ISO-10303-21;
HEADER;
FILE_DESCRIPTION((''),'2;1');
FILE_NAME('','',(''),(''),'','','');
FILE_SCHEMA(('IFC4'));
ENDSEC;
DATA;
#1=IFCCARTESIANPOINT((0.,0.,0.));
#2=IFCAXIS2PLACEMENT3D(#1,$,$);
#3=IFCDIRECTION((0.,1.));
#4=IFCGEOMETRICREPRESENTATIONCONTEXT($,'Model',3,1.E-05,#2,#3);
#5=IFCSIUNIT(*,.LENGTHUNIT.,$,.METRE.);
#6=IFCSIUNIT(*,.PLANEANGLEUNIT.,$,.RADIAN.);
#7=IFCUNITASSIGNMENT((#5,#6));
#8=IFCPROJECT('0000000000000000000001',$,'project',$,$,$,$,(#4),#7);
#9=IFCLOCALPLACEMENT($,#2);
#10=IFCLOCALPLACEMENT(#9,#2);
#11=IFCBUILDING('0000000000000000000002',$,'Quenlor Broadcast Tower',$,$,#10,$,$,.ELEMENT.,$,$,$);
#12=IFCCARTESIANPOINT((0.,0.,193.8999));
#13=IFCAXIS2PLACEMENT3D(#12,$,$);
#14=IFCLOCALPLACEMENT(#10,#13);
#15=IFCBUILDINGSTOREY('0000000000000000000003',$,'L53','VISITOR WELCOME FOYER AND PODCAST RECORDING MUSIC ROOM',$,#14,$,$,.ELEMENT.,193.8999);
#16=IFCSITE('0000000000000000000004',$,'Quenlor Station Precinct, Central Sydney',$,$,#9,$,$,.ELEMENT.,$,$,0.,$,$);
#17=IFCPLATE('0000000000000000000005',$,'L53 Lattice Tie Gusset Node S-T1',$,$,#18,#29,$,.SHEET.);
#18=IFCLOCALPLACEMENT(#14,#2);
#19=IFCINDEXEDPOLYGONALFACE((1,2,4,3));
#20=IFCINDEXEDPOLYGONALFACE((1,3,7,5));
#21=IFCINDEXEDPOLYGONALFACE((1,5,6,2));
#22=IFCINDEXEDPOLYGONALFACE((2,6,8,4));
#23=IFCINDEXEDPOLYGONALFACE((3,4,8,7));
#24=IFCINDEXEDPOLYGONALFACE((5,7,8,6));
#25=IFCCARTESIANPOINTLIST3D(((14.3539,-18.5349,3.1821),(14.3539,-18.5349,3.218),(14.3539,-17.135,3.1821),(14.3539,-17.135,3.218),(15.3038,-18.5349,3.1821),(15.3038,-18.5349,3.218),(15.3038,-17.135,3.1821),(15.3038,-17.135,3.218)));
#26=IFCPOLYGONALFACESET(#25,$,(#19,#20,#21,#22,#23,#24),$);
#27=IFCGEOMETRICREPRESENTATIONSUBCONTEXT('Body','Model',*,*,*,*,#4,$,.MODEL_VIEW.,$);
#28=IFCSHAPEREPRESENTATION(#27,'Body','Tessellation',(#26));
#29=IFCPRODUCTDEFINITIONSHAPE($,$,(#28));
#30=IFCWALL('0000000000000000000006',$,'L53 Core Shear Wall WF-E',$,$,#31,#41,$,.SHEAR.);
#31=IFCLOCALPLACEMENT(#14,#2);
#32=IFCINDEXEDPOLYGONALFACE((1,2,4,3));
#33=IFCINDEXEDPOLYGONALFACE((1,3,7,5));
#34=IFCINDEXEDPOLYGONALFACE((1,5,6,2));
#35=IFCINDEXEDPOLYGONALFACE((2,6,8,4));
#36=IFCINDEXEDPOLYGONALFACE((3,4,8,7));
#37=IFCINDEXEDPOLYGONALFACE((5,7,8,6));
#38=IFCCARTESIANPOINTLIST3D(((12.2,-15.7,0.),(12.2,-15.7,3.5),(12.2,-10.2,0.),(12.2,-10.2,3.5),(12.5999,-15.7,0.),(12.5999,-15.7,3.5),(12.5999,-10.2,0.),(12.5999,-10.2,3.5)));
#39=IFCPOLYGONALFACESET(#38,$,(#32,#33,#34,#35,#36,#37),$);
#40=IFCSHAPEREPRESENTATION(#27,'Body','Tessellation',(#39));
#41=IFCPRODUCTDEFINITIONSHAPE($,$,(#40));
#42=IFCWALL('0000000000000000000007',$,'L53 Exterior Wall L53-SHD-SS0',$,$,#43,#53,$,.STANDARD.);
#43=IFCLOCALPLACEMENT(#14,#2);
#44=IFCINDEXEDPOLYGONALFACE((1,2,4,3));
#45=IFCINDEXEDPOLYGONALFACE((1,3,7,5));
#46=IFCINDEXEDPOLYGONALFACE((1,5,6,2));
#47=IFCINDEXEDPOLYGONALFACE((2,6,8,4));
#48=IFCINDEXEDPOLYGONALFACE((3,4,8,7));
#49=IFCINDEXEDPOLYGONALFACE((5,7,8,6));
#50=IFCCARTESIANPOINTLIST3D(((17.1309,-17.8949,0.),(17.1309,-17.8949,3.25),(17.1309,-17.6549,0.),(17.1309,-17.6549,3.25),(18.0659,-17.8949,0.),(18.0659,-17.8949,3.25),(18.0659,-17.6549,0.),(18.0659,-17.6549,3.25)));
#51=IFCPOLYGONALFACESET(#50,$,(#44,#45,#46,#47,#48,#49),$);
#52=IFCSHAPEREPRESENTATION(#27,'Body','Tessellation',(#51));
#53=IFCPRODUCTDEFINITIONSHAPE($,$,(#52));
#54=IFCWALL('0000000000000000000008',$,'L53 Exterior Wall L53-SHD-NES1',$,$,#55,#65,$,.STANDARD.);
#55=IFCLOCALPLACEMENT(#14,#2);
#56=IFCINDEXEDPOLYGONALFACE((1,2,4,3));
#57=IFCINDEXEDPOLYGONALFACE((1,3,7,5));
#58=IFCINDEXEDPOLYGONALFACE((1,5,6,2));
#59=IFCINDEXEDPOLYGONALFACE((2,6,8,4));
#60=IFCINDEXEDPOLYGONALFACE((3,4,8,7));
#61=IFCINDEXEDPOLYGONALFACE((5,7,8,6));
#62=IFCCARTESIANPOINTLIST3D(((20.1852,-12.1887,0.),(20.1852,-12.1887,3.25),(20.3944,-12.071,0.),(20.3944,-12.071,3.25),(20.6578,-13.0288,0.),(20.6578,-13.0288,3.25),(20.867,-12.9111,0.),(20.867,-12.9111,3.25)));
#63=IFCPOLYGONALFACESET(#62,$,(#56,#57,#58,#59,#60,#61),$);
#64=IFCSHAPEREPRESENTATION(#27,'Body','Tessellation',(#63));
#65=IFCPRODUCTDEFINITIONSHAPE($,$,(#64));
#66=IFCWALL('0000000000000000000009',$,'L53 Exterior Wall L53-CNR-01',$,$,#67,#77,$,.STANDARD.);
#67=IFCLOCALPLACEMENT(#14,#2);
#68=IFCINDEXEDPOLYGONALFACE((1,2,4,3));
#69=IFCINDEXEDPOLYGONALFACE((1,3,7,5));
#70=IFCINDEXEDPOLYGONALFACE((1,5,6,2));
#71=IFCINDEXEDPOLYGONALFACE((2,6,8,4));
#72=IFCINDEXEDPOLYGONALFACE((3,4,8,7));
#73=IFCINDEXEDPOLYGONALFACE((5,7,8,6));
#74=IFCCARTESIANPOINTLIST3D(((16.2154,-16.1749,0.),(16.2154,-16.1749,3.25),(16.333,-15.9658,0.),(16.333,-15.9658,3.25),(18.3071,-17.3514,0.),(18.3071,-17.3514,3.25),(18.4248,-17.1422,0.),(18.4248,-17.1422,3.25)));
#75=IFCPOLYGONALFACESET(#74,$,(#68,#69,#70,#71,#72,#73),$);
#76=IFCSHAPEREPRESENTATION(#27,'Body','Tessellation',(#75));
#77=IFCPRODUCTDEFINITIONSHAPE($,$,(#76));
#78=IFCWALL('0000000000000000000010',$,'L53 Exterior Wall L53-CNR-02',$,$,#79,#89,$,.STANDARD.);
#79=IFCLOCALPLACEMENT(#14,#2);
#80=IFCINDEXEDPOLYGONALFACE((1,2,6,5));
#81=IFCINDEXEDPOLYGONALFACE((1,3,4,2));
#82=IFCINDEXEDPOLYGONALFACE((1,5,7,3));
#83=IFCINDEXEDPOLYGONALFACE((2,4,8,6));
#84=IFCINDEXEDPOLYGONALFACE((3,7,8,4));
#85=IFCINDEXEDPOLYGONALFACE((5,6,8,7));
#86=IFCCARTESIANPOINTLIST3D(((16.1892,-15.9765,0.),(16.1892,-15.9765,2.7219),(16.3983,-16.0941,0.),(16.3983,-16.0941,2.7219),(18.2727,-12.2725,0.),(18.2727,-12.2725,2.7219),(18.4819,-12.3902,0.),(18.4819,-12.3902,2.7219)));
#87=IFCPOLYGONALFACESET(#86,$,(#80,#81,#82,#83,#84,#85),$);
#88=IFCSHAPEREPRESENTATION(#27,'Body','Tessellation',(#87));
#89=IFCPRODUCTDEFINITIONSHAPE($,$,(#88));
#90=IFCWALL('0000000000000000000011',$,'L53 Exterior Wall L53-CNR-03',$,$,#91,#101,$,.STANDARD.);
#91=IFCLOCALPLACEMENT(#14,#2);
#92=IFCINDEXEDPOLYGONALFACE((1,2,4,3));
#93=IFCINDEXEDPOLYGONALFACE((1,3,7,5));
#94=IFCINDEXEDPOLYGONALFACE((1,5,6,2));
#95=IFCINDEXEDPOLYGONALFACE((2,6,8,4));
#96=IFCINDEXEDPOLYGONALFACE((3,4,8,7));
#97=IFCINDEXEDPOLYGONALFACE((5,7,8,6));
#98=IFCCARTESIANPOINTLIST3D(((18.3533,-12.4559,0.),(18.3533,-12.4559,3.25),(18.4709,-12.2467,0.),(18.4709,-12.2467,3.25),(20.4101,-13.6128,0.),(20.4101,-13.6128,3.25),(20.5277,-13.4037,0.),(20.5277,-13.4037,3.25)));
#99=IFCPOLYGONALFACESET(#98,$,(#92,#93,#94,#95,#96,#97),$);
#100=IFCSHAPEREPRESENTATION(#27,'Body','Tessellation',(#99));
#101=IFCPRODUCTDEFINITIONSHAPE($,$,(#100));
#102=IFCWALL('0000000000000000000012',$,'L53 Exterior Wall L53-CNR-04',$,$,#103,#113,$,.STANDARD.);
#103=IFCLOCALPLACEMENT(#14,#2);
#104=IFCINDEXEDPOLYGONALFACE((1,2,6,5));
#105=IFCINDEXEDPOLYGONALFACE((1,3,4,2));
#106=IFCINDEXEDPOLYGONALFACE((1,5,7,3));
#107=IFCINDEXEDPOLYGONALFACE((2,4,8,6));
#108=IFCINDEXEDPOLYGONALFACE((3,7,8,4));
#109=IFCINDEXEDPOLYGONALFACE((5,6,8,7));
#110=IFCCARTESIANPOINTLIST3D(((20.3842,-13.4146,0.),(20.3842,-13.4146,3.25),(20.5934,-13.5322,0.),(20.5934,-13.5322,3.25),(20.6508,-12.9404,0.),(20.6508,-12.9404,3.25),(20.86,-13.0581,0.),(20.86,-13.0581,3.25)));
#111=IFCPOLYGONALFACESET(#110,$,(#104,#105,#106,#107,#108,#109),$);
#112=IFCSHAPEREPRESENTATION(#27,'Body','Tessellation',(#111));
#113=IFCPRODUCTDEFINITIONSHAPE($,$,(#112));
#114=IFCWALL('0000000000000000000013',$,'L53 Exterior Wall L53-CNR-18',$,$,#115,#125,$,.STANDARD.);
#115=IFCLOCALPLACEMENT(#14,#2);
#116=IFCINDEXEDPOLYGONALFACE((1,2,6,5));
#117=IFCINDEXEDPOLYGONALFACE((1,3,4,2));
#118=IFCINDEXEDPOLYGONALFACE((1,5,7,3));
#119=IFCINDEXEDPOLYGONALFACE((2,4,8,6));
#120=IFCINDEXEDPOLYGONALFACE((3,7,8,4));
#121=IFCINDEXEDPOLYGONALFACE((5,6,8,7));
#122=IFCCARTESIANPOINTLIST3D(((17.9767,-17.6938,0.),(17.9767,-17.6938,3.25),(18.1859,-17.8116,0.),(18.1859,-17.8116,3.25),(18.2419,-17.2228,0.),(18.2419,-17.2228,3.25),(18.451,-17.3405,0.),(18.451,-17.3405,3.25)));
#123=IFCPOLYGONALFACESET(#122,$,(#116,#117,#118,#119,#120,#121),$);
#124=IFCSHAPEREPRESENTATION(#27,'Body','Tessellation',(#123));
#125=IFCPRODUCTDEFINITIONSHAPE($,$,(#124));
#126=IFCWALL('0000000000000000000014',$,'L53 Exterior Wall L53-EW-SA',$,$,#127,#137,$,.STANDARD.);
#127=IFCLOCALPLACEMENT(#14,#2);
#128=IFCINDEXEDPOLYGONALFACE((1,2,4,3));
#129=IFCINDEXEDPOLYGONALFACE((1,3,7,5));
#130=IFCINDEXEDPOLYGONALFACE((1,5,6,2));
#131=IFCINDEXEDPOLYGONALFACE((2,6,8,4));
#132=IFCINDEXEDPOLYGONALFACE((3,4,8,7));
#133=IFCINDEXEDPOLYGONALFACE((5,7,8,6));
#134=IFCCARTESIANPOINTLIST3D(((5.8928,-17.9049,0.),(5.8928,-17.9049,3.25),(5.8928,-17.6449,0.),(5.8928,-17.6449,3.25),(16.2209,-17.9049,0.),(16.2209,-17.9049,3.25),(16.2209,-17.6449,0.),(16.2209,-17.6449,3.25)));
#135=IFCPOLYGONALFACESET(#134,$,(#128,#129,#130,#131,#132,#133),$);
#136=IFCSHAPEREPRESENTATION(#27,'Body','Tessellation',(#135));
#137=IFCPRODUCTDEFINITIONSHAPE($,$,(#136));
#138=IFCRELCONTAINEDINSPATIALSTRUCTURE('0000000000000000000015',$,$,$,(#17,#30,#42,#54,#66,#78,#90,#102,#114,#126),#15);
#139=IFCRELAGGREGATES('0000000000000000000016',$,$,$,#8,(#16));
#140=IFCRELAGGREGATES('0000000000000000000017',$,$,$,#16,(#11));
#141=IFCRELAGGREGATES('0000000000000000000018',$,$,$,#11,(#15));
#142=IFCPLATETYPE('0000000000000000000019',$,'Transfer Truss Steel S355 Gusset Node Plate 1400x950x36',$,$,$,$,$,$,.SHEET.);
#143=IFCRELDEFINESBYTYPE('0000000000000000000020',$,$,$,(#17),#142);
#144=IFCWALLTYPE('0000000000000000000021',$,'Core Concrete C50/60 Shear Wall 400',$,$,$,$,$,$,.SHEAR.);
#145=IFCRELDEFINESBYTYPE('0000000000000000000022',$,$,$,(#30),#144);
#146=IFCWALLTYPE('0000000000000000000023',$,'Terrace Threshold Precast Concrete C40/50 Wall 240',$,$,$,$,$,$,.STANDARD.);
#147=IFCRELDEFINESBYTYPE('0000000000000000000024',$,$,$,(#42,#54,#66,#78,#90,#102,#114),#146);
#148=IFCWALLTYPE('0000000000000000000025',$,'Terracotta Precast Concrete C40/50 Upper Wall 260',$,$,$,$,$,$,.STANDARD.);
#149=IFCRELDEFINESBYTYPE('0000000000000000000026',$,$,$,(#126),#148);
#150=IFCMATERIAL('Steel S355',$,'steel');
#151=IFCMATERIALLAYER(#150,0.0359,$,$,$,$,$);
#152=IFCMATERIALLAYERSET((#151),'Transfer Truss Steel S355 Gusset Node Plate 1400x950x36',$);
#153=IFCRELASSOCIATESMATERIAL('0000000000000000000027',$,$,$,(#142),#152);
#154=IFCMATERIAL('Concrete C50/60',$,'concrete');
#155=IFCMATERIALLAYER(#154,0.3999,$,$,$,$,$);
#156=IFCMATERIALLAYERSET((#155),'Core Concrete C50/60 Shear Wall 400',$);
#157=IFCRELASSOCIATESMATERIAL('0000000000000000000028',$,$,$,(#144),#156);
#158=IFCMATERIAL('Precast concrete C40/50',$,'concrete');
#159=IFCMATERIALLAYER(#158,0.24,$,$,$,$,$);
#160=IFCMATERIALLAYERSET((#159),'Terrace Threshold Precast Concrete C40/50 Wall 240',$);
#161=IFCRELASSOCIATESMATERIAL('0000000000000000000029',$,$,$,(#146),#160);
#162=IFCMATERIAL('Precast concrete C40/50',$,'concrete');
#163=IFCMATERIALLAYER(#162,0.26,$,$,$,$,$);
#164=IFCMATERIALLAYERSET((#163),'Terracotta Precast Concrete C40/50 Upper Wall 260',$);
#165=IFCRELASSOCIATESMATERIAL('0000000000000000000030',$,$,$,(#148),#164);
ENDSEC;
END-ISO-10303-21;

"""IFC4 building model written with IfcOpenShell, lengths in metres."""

from ifc_helpers import new_model, si_unit, direction, frame, frame_2d, origin, origin_2d, place, context, subcontext, project, spatial, rectangle, extrude, material, layer, layer_set, type_object, element, save


model = new_model("IFC4")

# Units and contexts
model_context = context("Model", 3, precision=1e-05, world=origin(), true_north=direction((0.0, 1.0)))
body_context = subcontext(model_context, "Body", "Model", "MODEL_VIEW")
ifc_project = project(units=[si_unit("LENGTHUNIT", "METRE"), si_unit("PLANEANGLEUNIT", "RADIAN")], contexts=[model_context])

# Site, building, storey
site_placement = place(None, origin())
site = spatial("IfcSite", under=ifc_project, at=site_placement, Name="Quenlor Station Precinct, Central Sydney", CompositionType="ELEMENT", RefElevation=0.0)
building_placement = place(site_placement, origin())
building = spatial("IfcBuilding", under=site, at=building_placement, Name="Quenlor Broadcast Tower", CompositionType="ELEMENT")
storey_placement = place(building_placement, frame((0.0, 0.0, 193.8999)))
storey = spatial("IfcBuildingStorey", under=building, at=storey_placement, Name="L53", Description="VISITOR WELCOME FOYER AND PODCAST RECORDING MUSIC ROOM", CompositionType="ELEMENT", Elevation=193.8999)

# Plate
ifc_material_1 = material(Name="Steel S355", Category="steel")
ifc_layer_1 = layer(ifc_material_1, 0.0359)
ifc_layer_set_1 = layer_set([ifc_layer_1], Name="Transfer Truss Steel S355 Gusset Node Plate 1400x950x36")
plate_type_1 = type_object("IfcPlateType", Name="Transfer Truss Steel S355 Gusset Node Plate 1400x950x36", PredefinedType="SHEET", material=ifc_layer_set_1)
for number, where, z_axis, x_axis, name in (
    (1, (14.8289, -17.835, 3.1821), (0.0, 0.0, 1.0), (0.0, -1.0, 0.0), "L53 Lattice Tie Gusset Node S-T1"),
):
    element("IfcPlate", number, at=place(storey_placement, frame(where, z_axis=z_axis, x_axis=x_axis)), inside=storey, type_object=plate_type_1, Name=name, PredefinedType="SHEET", context=body_context, shape_type="SweptSolid", body=[
        extrude(rectangle(XDim=1.3999, YDim=0.95, at=origin_2d()), origin(), (0.0, 0.0, 1.0), 0.0359),
    ])

# Walls
ifc_material_2 = material(Name="Concrete C50/60", Category="concrete")
ifc_layer_2 = layer(ifc_material_2, 0.3999)
ifc_layer_set_2 = layer_set([ifc_layer_2], Name="Core Concrete C50/60 Shear Wall 400")
wall_type_1 = type_object("IfcWallType", Name="Core Concrete C50/60 Shear Wall 400", PredefinedType="SHEAR", material=ifc_layer_set_2)
wall_1_placement = place(storey_placement, frame((12.3999, -15.7, 0.0), z_axis=(0.0, 0.0, 1.0), x_axis=(0.0, 1.0, 0.0)))
element("IfcWall", 2, at=wall_1_placement, inside=storey, type_object=wall_type_1, Name="L53 Core Shear Wall WF-E", PredefinedType="SHEAR", context=body_context, shape_type="SweptSolid", body=[
    extrude(rectangle(XDim=5.5, YDim=0.3999, at=frame_2d((2.75, 0.0))), origin(), (0.0, 0.0, 1.0), 3.5),
])
ifc_material_3 = material(Name="Precast concrete C40/50", Category="concrete")
ifc_layer_3 = layer(ifc_material_3, 0.24)
ifc_layer_set_3 = layer_set([ifc_layer_3], Name="Terrace Threshold Precast Concrete C40/50 Wall 240")
wall_type_2 = type_object("IfcWallType", Name="Terrace Threshold Precast Concrete C40/50 Wall 240", PredefinedType="STANDARD", material=ifc_layer_set_3)
wall_2_placement = place(storey_placement, frame((18.0659, -17.7749, 0.0), z_axis=(0.0, 0.0, 1.0), x_axis=(-1.0, 0.0, 0.0)))
element("IfcWall", 3, at=wall_2_placement, inside=storey, type_object=wall_type_2, Name="L53 Exterior Wall L53-SHD-SS0", PredefinedType="STANDARD", context=body_context, shape_type="SweptSolid", body=[
    extrude(rectangle(XDim=0.9351, YDim=0.24, at=frame_2d((0.4675, 0.0))), origin(), (0.0, 0.0, 1.0), 3.25),
])
wall_3_placement = place(storey_placement, frame((20.2898, -12.1299, 0.0), z_axis=(0.0, 0.0, 1.0), x_axis=(0.490345, -0.871528, 0.0)))
element("IfcWall", 4, at=wall_3_placement, inside=storey, type_object=wall_type_2, Name="L53 Exterior Wall L53-SHD-NES1", PredefinedType="STANDARD", context=body_context, shape_type="SweptSolid", body=[
    extrude(rectangle(XDim=0.9639, YDim=0.24, at=frame_2d((0.4819, 0.0))), origin(), (0.0, 0.0, 1.0), 3.25),
])
wall_4_placement = place(storey_placement, frame((18.366, -17.2468, 0.0), z_axis=(0.0, 0.0, 1.0), x_axis=(-0.871597, 0.490223, 0.0)))
element("IfcWall", 5, at=wall_4_placement, inside=storey, type_object=wall_type_2, Name="L53 Exterior Wall L53-CNR-01", PredefinedType="STANDARD", context=body_context, shape_type="SweptSolid", body=[
    extrude(rectangle(XDim=2.3999, YDim=0.24, at=frame_2d((1.2, 0.0))), origin(), (0.0, 0.0, 1.0), 3.25),
])
wall_5_placement = place(storey_placement, frame((16.2937, -16.0354, 0.0), z_axis=(0.0, 0.0, 1.0), x_axis=(0.490275, 0.871568, 0.0)))
element("IfcWall", 6, at=wall_5_placement, inside=storey, type_object=wall_type_2, Name="L53 Exterior Wall L53-CNR-02", PredefinedType="STANDARD", context=body_context, shape_type="SweptSolid", body=[
    extrude(rectangle(XDim=4.2498, YDim=0.24, at=frame_2d((2.125, 0.0))), origin(), (0.0, 0.0, 1.0), 2.7219),
])
wall_6_placement = place(storey_placement, frame((18.4121, -12.3513, 0.0), z_axis=(0.0, 0.0, 1.0), x_axis=(0.871578, -0.490256, 0.0)))
element("IfcWall", 7, at=wall_6_placement, inside=storey, type_object=wall_type_2, Name="L53 Exterior Wall L53-CNR-03", PredefinedType="STANDARD", context=body_context, shape_type="SweptSolid", body=[
    extrude(rectangle(XDim=2.3599, YDim=0.24, at=frame_2d((1.1799, 0.0))), origin(), (0.0, 0.0, 1.0), 3.25),
])
wall_7_placement = place(storey_placement, frame((20.4888, -13.4734, 0.0), z_axis=(0.0, 0.0, 1.0), x_axis=(0.490133, 0.871647, 0.0)))
element("IfcWall", 8, at=wall_7_placement, inside=storey, type_object=wall_type_2, Name="L53 Exterior Wall L53-CNR-04", PredefinedType="STANDARD", context=body_context, shape_type="SweptSolid", body=[
    extrude(rectangle(XDim=0.5439, YDim=0.24, at=frame_2d((0.272, 0.0))), origin(), (0.0, 0.0, 1.0), 3.25),
])
wall_8_placement = place(storey_placement, frame((18.0813, -17.7527, 0.0), z_axis=(0.0, 0.0, 1.0), x_axis=(0.490583, 0.871395, 0.0)))
element("IfcWall", 9, at=wall_8_placement, inside=storey, type_object=wall_type_2, Name="L53 Exterior Wall L53-CNR-18", PredefinedType="STANDARD", context=body_context, shape_type="SweptSolid", body=[
    extrude(rectangle(XDim=0.5405, YDim=0.24, at=frame_2d((0.2703, 0.0))), origin(), (0.0, 0.0, 1.0), 3.25),
])
ifc_material_4 = material(Name="Precast concrete C40/50", Category="concrete")
ifc_layer_4 = layer(ifc_material_4, 0.26)
ifc_layer_set_4 = layer_set([ifc_layer_4], Name="Terracotta Precast Concrete C40/50 Upper Wall 260")
wall_type_3 = type_object("IfcWallType", Name="Terracotta Precast Concrete C40/50 Upper Wall 260", PredefinedType="STANDARD", material=ifc_layer_set_4)
wall_9_placement = place(storey_placement, frame((16.2209, -17.7749, 0.0), z_axis=(0.0, 0.0, 1.0), x_axis=(-1.0, 0.0, 0.0)))
element("IfcWall", 10, at=wall_9_placement, inside=storey, type_object=wall_type_3, Name="L53 Exterior Wall L53-EW-SA", PredefinedType="STANDARD", context=body_context, shape_type="SweptSolid", body=[
    extrude(rectangle(XDim=10.3281, YDim=0.26, at=frame_2d((5.1641, 0.0))), origin(), (0.0, 0.0, 1.0), 3.25),
])

save(model, "model.ifc")
